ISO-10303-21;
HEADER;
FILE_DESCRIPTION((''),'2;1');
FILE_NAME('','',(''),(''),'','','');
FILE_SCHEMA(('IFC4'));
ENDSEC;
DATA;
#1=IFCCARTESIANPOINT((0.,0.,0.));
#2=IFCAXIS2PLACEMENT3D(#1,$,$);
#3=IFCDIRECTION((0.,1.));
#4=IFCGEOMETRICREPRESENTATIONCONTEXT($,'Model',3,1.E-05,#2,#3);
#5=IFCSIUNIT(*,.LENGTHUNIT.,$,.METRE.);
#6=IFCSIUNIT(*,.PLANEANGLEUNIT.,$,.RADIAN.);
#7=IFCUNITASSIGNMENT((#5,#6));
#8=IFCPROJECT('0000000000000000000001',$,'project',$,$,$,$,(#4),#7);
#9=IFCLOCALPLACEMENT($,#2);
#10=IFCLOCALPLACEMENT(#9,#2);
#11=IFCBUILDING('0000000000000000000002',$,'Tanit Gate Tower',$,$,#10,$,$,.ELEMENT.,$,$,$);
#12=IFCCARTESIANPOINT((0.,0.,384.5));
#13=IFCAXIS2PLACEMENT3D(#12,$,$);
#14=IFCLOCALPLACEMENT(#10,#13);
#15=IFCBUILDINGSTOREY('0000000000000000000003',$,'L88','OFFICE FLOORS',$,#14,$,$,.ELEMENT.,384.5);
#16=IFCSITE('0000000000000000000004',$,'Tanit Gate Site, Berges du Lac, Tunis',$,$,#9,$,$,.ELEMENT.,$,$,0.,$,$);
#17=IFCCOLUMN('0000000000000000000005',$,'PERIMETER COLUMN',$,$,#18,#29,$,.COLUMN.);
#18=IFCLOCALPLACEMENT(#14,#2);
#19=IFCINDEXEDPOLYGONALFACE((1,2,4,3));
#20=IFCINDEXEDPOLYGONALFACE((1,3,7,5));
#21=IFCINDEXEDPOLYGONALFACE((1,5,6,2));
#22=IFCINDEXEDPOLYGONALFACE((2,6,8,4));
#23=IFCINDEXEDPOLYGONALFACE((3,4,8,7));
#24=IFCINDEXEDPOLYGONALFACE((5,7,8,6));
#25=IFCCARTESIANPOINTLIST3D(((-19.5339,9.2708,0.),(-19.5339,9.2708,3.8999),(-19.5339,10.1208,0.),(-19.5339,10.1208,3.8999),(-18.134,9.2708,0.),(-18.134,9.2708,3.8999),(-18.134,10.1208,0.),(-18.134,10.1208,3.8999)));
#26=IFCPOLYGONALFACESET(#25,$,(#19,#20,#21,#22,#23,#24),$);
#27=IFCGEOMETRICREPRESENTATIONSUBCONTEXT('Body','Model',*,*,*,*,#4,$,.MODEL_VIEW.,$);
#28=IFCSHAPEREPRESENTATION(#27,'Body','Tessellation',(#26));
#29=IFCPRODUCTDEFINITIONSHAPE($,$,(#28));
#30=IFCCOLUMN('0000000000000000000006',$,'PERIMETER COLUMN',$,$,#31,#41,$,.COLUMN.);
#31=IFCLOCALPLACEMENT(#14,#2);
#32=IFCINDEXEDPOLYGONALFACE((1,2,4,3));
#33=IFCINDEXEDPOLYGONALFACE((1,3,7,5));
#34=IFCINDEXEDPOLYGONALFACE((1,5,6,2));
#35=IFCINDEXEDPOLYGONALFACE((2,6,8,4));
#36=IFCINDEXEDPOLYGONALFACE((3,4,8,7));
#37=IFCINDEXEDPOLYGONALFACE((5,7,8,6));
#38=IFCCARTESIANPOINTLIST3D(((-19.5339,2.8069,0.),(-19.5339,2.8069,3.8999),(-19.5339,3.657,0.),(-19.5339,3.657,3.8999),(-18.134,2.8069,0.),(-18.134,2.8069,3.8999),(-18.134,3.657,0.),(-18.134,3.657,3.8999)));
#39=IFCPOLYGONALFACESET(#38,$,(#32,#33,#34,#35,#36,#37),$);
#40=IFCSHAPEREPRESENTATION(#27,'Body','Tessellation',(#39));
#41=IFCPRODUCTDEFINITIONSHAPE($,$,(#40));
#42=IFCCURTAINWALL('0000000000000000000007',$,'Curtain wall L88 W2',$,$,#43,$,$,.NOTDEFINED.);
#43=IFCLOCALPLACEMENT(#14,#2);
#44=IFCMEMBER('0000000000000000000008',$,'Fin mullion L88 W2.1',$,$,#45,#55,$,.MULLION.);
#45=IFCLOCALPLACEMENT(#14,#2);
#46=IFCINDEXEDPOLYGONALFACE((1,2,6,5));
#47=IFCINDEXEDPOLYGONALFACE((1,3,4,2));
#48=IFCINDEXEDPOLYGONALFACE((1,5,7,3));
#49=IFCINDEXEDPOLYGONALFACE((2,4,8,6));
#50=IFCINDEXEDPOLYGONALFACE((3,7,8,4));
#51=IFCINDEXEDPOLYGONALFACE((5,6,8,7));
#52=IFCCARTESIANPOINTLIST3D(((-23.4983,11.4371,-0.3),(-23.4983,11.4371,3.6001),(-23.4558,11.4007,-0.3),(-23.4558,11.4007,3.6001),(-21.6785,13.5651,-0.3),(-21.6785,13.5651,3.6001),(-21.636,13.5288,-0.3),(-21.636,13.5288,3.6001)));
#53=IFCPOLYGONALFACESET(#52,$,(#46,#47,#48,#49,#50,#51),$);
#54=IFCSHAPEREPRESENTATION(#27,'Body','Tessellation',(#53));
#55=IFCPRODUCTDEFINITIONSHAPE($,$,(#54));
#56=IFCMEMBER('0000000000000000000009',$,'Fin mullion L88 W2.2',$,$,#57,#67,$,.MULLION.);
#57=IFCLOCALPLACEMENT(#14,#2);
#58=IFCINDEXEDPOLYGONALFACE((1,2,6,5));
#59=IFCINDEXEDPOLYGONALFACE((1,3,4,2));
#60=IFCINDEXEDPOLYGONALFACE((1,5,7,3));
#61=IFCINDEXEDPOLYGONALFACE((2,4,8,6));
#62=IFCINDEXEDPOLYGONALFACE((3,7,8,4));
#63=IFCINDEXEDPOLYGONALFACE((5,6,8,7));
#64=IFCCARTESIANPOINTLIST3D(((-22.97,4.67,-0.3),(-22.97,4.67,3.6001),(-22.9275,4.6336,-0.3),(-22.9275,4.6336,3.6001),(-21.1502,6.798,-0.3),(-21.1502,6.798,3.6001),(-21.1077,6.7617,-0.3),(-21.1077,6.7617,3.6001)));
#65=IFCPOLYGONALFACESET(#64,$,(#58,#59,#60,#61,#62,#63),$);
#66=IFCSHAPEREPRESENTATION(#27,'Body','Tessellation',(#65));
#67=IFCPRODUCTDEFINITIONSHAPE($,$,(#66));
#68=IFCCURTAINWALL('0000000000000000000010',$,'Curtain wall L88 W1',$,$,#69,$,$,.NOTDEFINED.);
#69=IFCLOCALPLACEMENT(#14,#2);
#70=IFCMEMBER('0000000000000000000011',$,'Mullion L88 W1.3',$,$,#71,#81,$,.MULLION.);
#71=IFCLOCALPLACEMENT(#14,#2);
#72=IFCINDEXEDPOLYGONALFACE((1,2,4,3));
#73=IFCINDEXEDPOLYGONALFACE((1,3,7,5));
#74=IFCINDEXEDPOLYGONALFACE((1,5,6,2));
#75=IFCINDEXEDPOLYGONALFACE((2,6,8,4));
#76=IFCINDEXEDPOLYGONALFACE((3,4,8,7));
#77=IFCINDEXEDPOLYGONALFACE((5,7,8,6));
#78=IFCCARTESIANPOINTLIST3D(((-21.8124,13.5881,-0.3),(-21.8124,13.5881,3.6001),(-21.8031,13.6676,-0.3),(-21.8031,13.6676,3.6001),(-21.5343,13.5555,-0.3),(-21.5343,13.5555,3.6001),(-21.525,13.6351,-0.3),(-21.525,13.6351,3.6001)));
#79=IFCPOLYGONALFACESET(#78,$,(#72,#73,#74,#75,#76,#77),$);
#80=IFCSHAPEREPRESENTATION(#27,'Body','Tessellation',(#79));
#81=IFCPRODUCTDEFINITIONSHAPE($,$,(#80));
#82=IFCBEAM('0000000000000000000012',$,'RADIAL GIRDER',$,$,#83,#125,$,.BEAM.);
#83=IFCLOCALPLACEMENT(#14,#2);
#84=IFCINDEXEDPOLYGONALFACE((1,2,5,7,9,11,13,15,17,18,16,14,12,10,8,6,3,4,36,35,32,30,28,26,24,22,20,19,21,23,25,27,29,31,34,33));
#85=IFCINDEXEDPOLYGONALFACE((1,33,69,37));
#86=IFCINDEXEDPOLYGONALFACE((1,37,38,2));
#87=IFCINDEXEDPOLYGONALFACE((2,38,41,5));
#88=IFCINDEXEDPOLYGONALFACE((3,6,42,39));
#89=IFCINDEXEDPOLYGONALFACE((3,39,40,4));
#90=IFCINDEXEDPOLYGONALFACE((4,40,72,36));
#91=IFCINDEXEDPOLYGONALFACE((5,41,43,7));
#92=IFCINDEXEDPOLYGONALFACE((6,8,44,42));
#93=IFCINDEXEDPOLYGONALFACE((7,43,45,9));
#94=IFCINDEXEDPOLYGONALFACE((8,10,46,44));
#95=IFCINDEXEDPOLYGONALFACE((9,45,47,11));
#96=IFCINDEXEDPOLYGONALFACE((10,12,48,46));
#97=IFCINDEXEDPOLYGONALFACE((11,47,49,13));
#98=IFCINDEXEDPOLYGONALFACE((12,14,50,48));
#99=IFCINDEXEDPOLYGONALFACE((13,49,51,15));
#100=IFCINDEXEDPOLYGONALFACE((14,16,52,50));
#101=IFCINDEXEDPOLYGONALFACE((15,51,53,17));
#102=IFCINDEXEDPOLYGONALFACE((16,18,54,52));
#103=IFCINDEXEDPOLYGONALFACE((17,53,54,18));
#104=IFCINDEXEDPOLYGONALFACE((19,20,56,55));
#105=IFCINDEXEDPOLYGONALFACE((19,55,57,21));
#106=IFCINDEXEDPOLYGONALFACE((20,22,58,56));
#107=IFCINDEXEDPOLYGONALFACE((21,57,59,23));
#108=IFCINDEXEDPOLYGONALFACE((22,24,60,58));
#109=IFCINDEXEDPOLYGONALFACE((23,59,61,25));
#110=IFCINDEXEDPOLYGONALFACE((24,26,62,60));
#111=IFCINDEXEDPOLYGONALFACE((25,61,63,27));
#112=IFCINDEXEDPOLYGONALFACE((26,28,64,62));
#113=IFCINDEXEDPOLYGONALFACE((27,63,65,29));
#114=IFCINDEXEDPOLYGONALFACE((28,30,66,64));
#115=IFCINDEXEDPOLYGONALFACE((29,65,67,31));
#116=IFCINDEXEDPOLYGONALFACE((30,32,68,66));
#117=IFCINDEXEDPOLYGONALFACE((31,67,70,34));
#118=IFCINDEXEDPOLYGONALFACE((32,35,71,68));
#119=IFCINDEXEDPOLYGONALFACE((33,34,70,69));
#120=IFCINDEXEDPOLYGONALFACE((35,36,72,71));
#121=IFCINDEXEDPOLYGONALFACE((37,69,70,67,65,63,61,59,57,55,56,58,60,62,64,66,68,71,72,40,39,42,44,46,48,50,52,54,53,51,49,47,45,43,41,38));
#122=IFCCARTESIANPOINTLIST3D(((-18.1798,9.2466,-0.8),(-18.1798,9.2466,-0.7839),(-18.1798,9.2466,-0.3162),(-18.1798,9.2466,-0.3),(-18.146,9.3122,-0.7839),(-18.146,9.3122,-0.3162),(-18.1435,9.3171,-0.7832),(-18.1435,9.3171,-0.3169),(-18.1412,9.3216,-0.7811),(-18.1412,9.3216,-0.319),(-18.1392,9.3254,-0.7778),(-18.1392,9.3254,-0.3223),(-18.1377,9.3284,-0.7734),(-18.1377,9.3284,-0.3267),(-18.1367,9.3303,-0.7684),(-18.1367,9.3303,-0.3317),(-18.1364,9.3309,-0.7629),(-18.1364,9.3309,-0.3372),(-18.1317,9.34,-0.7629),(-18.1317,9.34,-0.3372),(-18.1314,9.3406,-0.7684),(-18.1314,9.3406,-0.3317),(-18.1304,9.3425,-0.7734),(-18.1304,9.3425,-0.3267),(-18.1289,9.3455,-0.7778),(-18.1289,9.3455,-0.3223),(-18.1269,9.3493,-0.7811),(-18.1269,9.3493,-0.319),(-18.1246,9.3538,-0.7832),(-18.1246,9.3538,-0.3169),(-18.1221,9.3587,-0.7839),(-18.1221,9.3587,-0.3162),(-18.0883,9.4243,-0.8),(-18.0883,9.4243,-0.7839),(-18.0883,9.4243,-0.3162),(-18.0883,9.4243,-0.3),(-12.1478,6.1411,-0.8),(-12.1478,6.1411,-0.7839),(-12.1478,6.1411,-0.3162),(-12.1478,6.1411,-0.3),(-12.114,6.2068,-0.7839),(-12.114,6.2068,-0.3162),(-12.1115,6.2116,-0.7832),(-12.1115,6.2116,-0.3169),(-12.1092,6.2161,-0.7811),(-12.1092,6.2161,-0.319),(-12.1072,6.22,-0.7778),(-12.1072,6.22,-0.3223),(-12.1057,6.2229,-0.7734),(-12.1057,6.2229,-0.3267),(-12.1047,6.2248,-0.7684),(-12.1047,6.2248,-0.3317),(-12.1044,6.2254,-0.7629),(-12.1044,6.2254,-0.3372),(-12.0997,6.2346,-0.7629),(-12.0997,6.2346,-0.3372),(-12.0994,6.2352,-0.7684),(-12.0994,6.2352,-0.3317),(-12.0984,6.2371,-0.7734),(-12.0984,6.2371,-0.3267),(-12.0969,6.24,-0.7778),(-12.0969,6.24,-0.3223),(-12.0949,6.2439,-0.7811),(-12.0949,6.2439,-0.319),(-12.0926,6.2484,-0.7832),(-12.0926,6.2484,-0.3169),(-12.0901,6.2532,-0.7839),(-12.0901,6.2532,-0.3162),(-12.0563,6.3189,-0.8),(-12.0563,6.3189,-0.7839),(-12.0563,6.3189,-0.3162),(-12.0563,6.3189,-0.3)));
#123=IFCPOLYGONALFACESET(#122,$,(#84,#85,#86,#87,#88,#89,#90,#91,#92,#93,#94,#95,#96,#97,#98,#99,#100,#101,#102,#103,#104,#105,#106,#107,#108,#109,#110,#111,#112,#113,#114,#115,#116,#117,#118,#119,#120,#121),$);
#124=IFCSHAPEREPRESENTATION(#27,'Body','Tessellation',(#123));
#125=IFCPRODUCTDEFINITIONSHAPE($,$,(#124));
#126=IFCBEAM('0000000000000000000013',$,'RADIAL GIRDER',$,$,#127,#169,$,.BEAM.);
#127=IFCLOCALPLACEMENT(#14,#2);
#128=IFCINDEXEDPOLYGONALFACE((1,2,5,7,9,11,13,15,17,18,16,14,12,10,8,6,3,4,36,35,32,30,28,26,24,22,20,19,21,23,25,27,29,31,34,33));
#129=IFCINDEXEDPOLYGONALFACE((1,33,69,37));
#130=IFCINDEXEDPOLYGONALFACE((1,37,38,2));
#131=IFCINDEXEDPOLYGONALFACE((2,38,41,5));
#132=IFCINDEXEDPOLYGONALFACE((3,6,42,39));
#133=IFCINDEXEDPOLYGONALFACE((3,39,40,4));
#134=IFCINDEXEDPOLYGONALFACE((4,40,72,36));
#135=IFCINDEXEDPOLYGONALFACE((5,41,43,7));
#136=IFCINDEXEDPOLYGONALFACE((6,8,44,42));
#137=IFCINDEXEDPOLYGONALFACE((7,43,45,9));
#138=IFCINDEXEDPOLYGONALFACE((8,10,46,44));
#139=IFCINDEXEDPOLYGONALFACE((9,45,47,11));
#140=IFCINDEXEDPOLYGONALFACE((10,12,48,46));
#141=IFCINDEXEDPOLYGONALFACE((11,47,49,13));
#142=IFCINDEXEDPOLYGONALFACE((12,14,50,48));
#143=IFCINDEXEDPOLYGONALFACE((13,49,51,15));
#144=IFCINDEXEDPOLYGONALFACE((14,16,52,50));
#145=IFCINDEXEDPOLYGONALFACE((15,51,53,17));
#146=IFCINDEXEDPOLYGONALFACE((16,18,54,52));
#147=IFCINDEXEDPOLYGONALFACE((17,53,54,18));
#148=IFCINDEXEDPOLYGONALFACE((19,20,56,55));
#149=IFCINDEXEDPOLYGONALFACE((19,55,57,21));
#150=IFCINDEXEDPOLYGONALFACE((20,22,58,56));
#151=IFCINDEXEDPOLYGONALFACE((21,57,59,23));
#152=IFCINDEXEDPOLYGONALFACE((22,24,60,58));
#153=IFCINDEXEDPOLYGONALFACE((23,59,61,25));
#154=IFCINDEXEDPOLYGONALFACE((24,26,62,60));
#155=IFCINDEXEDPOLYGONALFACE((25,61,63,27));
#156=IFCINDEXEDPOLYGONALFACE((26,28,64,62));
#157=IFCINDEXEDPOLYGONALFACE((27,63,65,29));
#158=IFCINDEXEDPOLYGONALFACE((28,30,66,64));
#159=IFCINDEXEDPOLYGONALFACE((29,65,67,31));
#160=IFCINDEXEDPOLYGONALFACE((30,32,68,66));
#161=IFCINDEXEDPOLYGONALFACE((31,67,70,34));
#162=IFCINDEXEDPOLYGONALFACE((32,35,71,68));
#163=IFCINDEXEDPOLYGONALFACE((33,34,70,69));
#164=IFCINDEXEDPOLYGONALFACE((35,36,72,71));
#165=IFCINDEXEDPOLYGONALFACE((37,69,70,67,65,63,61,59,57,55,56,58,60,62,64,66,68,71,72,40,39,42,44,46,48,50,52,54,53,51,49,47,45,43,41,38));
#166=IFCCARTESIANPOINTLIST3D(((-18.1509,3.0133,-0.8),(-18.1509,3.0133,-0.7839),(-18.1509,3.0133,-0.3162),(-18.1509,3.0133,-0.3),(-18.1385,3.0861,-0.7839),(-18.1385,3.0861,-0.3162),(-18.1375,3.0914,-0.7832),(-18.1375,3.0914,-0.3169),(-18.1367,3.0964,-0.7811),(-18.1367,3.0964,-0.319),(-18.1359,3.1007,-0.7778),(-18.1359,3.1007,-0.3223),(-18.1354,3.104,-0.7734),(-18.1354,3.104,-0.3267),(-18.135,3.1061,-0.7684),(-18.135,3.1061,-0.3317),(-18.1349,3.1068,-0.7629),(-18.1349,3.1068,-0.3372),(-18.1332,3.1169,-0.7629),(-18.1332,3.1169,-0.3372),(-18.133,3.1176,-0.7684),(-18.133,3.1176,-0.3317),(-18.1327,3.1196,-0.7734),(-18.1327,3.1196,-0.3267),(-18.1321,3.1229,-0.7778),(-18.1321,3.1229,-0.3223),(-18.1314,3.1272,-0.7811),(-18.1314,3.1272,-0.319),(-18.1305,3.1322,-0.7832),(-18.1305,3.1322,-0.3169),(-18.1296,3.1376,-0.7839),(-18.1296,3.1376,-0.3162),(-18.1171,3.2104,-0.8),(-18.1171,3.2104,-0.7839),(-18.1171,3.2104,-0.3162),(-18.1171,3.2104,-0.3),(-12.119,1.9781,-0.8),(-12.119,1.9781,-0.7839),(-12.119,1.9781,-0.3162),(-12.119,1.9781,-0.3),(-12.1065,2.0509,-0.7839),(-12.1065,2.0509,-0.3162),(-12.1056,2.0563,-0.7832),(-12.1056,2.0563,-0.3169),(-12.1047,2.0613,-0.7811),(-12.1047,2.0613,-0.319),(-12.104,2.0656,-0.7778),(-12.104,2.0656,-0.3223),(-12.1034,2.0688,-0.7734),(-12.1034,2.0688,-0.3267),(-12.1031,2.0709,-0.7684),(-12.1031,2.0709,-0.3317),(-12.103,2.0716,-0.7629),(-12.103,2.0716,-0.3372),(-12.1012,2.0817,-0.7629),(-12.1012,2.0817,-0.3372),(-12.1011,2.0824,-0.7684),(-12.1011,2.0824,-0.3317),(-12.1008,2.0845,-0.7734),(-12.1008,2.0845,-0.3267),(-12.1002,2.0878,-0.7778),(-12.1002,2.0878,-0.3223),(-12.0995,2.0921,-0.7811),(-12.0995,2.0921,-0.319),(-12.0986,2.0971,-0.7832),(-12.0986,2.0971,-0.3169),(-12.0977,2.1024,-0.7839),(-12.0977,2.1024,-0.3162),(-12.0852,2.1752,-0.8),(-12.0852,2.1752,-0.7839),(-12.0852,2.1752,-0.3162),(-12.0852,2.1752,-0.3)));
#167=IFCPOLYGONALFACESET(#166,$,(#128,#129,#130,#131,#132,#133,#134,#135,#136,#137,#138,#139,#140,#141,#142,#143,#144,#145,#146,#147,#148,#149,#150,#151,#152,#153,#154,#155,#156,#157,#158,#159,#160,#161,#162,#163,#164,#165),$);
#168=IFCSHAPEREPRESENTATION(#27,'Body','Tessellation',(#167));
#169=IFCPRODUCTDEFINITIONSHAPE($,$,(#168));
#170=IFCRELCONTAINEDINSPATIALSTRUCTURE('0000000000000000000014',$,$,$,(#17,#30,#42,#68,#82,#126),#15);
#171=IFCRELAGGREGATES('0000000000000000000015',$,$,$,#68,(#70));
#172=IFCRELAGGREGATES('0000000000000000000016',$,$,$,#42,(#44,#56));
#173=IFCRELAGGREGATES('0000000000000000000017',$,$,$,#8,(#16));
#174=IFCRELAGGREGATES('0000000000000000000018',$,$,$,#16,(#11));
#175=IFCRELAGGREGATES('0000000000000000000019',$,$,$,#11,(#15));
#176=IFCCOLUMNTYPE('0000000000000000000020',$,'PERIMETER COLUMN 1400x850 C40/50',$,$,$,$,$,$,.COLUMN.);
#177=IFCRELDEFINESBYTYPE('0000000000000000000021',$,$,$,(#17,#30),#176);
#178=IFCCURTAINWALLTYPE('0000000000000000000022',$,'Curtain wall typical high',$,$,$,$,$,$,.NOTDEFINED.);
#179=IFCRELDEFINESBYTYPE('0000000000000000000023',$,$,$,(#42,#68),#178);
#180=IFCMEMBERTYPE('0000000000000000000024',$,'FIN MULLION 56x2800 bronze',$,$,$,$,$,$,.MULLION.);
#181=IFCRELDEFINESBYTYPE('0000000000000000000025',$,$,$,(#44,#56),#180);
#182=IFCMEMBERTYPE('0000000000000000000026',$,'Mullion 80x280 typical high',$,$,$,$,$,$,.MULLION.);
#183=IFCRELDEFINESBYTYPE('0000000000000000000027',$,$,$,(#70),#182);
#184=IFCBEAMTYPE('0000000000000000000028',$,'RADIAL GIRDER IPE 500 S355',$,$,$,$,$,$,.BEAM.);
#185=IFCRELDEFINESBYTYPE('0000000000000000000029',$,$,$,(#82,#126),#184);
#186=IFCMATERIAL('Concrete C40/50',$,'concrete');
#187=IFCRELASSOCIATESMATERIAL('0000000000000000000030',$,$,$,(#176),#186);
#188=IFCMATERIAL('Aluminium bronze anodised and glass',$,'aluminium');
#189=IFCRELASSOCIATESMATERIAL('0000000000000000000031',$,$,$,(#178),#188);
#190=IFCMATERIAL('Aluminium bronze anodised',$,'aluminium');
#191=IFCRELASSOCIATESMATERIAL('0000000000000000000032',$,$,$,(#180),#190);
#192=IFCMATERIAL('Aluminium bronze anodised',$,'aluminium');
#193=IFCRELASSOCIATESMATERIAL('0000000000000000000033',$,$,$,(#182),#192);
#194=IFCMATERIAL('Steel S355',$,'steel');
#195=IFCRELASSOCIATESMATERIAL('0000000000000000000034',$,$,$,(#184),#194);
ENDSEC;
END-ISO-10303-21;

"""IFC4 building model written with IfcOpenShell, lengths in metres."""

from ifc_helpers import new_model, si_unit, direction, frame, origin, origin_2d, place, context, subcontext, project, spatial, rectangle, i_section, extrude, material, material_profile, profile_set, type_object, element, aggregate, save


model = new_model("IFC4")

# Units and contexts
model_context = context("Model", 3, precision=1e-05, world=origin(), true_north=direction((0.0, 1.0)))
body_context = subcontext(model_context, "Body", "Model", "MODEL_VIEW")
ifc_project = project(units=[si_unit("LENGTHUNIT", "METRE"), si_unit("PLANEANGLEUNIT", "RADIAN")], contexts=[model_context])

# Site, building, storey
site_placement = place(None, origin())
site = spatial("IfcSite", under=ifc_project, at=site_placement, Name="Tanit Gate Site, Berges du Lac, Tunis", CompositionType="ELEMENT", RefElevation=0.0)
building_placement = place(site_placement, origin())
building = spatial("IfcBuilding", under=site, at=building_placement, Name="Tanit Gate Tower", CompositionType="ELEMENT")
storey_placement = place(building_placement, frame((0.0, 0.0, 384.5)))
storey = spatial("IfcBuildingStorey", under=building, at=storey_placement, Name="L88", Description="OFFICE FLOORS", CompositionType="ELEMENT", Elevation=384.5)

# Columns
ifc_material_1 = material(Name="Concrete C40/50", Category="concrete")
ifc_material_profile_1 = material_profile(ifc_material_1, rectangle(XDim=1.3999, YDim=0.8501, at=origin_2d()), Name="RC 1400x850")
ifc_profile_set_1 = profile_set([ifc_material_profile_1], Name="Concrete C40/50")
column_type = type_object("IfcColumnType", Name="PERIMETER COLUMN 1400x850 C40/50", PredefinedType="COLUMN", material=ifc_profile_set_1)
for number, where, z_axis, x_axis, name in (
    (1, (-18.834, 9.6958, 0.0), (0.0, 0.0, 1.0), (-1.0, 0.0, 0.0), "PERIMETER COLUMN"),
    (2, (-18.834, 3.2319, 0.0), (0.0, 0.0, 1.0), (-1.0, 0.0, 0.0), "PERIMETER COLUMN"),
):
    element("IfcColumn", number, at=place(storey_placement, frame(where, z_axis=z_axis, x_axis=x_axis)), inside=storey, type_object=column_type, Name=name, PredefinedType="COLUMN", context=body_context, shape_type="SweptSolid", body=[
        extrude(rectangle(XDim=1.3999, YDim=0.8501, at=origin_2d()), origin(), (0.0, 0.0, 1.0), 3.8999),
    ])

# Curtain wall, members
ifc_material_2 = material(Name="Aluminium bronze anodised and glass", Category="aluminium")
curtain_wall_type = type_object("IfcCurtainWallType", Name="Curtain wall typical high", PredefinedType="NOTDEFINED", material=ifc_material_2)
curtain_wall_1_placement = place(storey_placement, origin())
curtain_wall_1 = element("IfcCurtainWall", 3, at=curtain_wall_1_placement, inside=storey, type_object=curtain_wall_type, Name="Curtain wall L88 W2", PredefinedType="NOTDEFINED")
ifc_material_3 = material(Name="Aluminium bronze anodised", Category="aluminium")
ifc_material_profile_2 = material_profile(ifc_material_3, rectangle(XDim=2.8, YDim=0.0559, at=origin_2d()), Name="56x2800 bronze fin mullion")
ifc_profile_set_2 = profile_set([ifc_material_profile_2], Name="Aluminium bronze anodised")
member_type_1 = type_object("IfcMemberType", Name="FIN MULLION 56x2800 bronze", PredefinedType="MULLION", material=ifc_profile_set_2)
member_1_placement = place(storey_placement, frame((-22.5671, 12.4829, -0.3), z_axis=(0.0, 0.0, 1.0), x_axis=(0.649921, 0.760002, 0.0)))
member_1 = element("IfcMember", 4, at=member_1_placement, type_object=member_type_1, Name="Fin mullion L88 W2.1", PredefinedType="MULLION", context=body_context, shape_type="SweptSolid", body=[
    extrude(rectangle(XDim=2.8, YDim=0.0559, at=origin_2d()), origin(), (0.0, 0.0, 1.0), 3.9001),
])
member_2_placement = place(storey_placement, frame((-22.0388, 5.7158, -0.3), z_axis=(0.0, 0.0, 1.0), x_axis=(0.649921, 0.760002, 0.0)))
member_2 = element("IfcMember", 5, at=member_2_placement, type_object=member_type_1, Name="Fin mullion L88 W2.2", PredefinedType="MULLION", context=body_context, shape_type="SweptSolid", body=[
    extrude(rectangle(XDim=2.8, YDim=0.0559, at=origin_2d()), origin(), (0.0, 0.0, 1.0), 3.9001),
])

# Curtain wall, member
curtain_wall_2_placement = place(storey_placement, origin())
curtain_wall_2 = element("IfcCurtainWall", 6, at=curtain_wall_2_placement, inside=storey, type_object=curtain_wall_type, Name="Curtain wall L88 W1", PredefinedType="NOTDEFINED")
ifc_material_4 = material(Name="Aluminium bronze anodised", Category="aluminium")
ifc_material_profile_3 = material_profile(ifc_material_4, rectangle(XDim=0.28, YDim=0.0801, at=origin_2d()), Name="80x280 bronze mullion")
ifc_profile_set_3 = profile_set([ifc_material_profile_3], Name="Aluminium bronze anodised")
member_type_2 = type_object("IfcMemberType", Name="Mullion 80x280 typical high", PredefinedType="MULLION", material=ifc_profile_set_3)
member_3_placement = place(storey_placement, frame((-21.6687, 13.6116, -0.3), z_axis=(0.0, 0.0, 1.0), x_axis=(0.993212, -0.116318, 0.0)))
member_3 = element("IfcMember", 7, at=member_3_placement, type_object=member_type_2, Name="Mullion L88 W1.3", PredefinedType="MULLION", context=body_context, shape_type="SweptSolid", body=[
    extrude(rectangle(XDim=0.28, YDim=0.0801, at=origin_2d()), origin(), (0.0, 0.0, 1.0), 3.9001),
])
aggregate(curtain_wall_2, [member_3])

# Beams
ifc_material_5 = material(Name="Steel S355", Category="steel")
ifc_material_profile_4 = material_profile(ifc_material_5, i_section(OverallWidth=0.2, OverallDepth=0.5, WebThickness=0.0103, FlangeThickness=0.0161, FilletRadius=0.021, at=origin_2d()), Name="IPE 500")
ifc_profile_set_4 = profile_set([ifc_material_profile_4], Name="Steel S355")
beam_type_1 = type_object("IfcBeamType", Name="RADIAL GIRDER IPE 500 S355", PredefinedType="BEAM", material=ifc_profile_set_4)
beam_1_placement = place(storey_placement, frame((-18.134, 9.3354, -0.55), z_axis=(0.88909, -0.457733, 0.0), x_axis=(0.457733, 0.88909, 0.0)))
element("IfcBeam", 8, at=beam_1_placement, inside=storey, type_object=beam_type_1, Name="RADIAL GIRDER", PredefinedType="BEAM", context=body_context, shape_type="SweptSolid", body=[
    extrude(i_section(OverallWidth=0.2, OverallDepth=0.5, WebThickness=0.0103, FlangeThickness=0.0161, FilletRadius=0.021, at=origin_2d()), origin(), (0.0, 0.0, 1.0), 6.7844),
])
beam_2_placement = place(storey_placement, frame((-18.134, 3.1118, -0.55), z_axis=(0.985592, -0.169139, 0.0), x_axis=(0.169139, 0.985592, 0.0)))
element("IfcBeam", 9, at=beam_2_placement, inside=storey, type_object=beam_type_1, Name="RADIAL GIRDER", PredefinedType="BEAM", context=body_context, shape_type="SweptSolid", body=[
    extrude(i_section(OverallWidth=0.2, OverallDepth=0.5, WebThickness=0.0103, FlangeThickness=0.0161, FilletRadius=0.021, at=origin_2d()), origin(), (0.0, 0.0, 1.0), 6.1201),
])

aggregate(curtain_wall_1, [member_1, member_2])

save(model, "model.ifc")
